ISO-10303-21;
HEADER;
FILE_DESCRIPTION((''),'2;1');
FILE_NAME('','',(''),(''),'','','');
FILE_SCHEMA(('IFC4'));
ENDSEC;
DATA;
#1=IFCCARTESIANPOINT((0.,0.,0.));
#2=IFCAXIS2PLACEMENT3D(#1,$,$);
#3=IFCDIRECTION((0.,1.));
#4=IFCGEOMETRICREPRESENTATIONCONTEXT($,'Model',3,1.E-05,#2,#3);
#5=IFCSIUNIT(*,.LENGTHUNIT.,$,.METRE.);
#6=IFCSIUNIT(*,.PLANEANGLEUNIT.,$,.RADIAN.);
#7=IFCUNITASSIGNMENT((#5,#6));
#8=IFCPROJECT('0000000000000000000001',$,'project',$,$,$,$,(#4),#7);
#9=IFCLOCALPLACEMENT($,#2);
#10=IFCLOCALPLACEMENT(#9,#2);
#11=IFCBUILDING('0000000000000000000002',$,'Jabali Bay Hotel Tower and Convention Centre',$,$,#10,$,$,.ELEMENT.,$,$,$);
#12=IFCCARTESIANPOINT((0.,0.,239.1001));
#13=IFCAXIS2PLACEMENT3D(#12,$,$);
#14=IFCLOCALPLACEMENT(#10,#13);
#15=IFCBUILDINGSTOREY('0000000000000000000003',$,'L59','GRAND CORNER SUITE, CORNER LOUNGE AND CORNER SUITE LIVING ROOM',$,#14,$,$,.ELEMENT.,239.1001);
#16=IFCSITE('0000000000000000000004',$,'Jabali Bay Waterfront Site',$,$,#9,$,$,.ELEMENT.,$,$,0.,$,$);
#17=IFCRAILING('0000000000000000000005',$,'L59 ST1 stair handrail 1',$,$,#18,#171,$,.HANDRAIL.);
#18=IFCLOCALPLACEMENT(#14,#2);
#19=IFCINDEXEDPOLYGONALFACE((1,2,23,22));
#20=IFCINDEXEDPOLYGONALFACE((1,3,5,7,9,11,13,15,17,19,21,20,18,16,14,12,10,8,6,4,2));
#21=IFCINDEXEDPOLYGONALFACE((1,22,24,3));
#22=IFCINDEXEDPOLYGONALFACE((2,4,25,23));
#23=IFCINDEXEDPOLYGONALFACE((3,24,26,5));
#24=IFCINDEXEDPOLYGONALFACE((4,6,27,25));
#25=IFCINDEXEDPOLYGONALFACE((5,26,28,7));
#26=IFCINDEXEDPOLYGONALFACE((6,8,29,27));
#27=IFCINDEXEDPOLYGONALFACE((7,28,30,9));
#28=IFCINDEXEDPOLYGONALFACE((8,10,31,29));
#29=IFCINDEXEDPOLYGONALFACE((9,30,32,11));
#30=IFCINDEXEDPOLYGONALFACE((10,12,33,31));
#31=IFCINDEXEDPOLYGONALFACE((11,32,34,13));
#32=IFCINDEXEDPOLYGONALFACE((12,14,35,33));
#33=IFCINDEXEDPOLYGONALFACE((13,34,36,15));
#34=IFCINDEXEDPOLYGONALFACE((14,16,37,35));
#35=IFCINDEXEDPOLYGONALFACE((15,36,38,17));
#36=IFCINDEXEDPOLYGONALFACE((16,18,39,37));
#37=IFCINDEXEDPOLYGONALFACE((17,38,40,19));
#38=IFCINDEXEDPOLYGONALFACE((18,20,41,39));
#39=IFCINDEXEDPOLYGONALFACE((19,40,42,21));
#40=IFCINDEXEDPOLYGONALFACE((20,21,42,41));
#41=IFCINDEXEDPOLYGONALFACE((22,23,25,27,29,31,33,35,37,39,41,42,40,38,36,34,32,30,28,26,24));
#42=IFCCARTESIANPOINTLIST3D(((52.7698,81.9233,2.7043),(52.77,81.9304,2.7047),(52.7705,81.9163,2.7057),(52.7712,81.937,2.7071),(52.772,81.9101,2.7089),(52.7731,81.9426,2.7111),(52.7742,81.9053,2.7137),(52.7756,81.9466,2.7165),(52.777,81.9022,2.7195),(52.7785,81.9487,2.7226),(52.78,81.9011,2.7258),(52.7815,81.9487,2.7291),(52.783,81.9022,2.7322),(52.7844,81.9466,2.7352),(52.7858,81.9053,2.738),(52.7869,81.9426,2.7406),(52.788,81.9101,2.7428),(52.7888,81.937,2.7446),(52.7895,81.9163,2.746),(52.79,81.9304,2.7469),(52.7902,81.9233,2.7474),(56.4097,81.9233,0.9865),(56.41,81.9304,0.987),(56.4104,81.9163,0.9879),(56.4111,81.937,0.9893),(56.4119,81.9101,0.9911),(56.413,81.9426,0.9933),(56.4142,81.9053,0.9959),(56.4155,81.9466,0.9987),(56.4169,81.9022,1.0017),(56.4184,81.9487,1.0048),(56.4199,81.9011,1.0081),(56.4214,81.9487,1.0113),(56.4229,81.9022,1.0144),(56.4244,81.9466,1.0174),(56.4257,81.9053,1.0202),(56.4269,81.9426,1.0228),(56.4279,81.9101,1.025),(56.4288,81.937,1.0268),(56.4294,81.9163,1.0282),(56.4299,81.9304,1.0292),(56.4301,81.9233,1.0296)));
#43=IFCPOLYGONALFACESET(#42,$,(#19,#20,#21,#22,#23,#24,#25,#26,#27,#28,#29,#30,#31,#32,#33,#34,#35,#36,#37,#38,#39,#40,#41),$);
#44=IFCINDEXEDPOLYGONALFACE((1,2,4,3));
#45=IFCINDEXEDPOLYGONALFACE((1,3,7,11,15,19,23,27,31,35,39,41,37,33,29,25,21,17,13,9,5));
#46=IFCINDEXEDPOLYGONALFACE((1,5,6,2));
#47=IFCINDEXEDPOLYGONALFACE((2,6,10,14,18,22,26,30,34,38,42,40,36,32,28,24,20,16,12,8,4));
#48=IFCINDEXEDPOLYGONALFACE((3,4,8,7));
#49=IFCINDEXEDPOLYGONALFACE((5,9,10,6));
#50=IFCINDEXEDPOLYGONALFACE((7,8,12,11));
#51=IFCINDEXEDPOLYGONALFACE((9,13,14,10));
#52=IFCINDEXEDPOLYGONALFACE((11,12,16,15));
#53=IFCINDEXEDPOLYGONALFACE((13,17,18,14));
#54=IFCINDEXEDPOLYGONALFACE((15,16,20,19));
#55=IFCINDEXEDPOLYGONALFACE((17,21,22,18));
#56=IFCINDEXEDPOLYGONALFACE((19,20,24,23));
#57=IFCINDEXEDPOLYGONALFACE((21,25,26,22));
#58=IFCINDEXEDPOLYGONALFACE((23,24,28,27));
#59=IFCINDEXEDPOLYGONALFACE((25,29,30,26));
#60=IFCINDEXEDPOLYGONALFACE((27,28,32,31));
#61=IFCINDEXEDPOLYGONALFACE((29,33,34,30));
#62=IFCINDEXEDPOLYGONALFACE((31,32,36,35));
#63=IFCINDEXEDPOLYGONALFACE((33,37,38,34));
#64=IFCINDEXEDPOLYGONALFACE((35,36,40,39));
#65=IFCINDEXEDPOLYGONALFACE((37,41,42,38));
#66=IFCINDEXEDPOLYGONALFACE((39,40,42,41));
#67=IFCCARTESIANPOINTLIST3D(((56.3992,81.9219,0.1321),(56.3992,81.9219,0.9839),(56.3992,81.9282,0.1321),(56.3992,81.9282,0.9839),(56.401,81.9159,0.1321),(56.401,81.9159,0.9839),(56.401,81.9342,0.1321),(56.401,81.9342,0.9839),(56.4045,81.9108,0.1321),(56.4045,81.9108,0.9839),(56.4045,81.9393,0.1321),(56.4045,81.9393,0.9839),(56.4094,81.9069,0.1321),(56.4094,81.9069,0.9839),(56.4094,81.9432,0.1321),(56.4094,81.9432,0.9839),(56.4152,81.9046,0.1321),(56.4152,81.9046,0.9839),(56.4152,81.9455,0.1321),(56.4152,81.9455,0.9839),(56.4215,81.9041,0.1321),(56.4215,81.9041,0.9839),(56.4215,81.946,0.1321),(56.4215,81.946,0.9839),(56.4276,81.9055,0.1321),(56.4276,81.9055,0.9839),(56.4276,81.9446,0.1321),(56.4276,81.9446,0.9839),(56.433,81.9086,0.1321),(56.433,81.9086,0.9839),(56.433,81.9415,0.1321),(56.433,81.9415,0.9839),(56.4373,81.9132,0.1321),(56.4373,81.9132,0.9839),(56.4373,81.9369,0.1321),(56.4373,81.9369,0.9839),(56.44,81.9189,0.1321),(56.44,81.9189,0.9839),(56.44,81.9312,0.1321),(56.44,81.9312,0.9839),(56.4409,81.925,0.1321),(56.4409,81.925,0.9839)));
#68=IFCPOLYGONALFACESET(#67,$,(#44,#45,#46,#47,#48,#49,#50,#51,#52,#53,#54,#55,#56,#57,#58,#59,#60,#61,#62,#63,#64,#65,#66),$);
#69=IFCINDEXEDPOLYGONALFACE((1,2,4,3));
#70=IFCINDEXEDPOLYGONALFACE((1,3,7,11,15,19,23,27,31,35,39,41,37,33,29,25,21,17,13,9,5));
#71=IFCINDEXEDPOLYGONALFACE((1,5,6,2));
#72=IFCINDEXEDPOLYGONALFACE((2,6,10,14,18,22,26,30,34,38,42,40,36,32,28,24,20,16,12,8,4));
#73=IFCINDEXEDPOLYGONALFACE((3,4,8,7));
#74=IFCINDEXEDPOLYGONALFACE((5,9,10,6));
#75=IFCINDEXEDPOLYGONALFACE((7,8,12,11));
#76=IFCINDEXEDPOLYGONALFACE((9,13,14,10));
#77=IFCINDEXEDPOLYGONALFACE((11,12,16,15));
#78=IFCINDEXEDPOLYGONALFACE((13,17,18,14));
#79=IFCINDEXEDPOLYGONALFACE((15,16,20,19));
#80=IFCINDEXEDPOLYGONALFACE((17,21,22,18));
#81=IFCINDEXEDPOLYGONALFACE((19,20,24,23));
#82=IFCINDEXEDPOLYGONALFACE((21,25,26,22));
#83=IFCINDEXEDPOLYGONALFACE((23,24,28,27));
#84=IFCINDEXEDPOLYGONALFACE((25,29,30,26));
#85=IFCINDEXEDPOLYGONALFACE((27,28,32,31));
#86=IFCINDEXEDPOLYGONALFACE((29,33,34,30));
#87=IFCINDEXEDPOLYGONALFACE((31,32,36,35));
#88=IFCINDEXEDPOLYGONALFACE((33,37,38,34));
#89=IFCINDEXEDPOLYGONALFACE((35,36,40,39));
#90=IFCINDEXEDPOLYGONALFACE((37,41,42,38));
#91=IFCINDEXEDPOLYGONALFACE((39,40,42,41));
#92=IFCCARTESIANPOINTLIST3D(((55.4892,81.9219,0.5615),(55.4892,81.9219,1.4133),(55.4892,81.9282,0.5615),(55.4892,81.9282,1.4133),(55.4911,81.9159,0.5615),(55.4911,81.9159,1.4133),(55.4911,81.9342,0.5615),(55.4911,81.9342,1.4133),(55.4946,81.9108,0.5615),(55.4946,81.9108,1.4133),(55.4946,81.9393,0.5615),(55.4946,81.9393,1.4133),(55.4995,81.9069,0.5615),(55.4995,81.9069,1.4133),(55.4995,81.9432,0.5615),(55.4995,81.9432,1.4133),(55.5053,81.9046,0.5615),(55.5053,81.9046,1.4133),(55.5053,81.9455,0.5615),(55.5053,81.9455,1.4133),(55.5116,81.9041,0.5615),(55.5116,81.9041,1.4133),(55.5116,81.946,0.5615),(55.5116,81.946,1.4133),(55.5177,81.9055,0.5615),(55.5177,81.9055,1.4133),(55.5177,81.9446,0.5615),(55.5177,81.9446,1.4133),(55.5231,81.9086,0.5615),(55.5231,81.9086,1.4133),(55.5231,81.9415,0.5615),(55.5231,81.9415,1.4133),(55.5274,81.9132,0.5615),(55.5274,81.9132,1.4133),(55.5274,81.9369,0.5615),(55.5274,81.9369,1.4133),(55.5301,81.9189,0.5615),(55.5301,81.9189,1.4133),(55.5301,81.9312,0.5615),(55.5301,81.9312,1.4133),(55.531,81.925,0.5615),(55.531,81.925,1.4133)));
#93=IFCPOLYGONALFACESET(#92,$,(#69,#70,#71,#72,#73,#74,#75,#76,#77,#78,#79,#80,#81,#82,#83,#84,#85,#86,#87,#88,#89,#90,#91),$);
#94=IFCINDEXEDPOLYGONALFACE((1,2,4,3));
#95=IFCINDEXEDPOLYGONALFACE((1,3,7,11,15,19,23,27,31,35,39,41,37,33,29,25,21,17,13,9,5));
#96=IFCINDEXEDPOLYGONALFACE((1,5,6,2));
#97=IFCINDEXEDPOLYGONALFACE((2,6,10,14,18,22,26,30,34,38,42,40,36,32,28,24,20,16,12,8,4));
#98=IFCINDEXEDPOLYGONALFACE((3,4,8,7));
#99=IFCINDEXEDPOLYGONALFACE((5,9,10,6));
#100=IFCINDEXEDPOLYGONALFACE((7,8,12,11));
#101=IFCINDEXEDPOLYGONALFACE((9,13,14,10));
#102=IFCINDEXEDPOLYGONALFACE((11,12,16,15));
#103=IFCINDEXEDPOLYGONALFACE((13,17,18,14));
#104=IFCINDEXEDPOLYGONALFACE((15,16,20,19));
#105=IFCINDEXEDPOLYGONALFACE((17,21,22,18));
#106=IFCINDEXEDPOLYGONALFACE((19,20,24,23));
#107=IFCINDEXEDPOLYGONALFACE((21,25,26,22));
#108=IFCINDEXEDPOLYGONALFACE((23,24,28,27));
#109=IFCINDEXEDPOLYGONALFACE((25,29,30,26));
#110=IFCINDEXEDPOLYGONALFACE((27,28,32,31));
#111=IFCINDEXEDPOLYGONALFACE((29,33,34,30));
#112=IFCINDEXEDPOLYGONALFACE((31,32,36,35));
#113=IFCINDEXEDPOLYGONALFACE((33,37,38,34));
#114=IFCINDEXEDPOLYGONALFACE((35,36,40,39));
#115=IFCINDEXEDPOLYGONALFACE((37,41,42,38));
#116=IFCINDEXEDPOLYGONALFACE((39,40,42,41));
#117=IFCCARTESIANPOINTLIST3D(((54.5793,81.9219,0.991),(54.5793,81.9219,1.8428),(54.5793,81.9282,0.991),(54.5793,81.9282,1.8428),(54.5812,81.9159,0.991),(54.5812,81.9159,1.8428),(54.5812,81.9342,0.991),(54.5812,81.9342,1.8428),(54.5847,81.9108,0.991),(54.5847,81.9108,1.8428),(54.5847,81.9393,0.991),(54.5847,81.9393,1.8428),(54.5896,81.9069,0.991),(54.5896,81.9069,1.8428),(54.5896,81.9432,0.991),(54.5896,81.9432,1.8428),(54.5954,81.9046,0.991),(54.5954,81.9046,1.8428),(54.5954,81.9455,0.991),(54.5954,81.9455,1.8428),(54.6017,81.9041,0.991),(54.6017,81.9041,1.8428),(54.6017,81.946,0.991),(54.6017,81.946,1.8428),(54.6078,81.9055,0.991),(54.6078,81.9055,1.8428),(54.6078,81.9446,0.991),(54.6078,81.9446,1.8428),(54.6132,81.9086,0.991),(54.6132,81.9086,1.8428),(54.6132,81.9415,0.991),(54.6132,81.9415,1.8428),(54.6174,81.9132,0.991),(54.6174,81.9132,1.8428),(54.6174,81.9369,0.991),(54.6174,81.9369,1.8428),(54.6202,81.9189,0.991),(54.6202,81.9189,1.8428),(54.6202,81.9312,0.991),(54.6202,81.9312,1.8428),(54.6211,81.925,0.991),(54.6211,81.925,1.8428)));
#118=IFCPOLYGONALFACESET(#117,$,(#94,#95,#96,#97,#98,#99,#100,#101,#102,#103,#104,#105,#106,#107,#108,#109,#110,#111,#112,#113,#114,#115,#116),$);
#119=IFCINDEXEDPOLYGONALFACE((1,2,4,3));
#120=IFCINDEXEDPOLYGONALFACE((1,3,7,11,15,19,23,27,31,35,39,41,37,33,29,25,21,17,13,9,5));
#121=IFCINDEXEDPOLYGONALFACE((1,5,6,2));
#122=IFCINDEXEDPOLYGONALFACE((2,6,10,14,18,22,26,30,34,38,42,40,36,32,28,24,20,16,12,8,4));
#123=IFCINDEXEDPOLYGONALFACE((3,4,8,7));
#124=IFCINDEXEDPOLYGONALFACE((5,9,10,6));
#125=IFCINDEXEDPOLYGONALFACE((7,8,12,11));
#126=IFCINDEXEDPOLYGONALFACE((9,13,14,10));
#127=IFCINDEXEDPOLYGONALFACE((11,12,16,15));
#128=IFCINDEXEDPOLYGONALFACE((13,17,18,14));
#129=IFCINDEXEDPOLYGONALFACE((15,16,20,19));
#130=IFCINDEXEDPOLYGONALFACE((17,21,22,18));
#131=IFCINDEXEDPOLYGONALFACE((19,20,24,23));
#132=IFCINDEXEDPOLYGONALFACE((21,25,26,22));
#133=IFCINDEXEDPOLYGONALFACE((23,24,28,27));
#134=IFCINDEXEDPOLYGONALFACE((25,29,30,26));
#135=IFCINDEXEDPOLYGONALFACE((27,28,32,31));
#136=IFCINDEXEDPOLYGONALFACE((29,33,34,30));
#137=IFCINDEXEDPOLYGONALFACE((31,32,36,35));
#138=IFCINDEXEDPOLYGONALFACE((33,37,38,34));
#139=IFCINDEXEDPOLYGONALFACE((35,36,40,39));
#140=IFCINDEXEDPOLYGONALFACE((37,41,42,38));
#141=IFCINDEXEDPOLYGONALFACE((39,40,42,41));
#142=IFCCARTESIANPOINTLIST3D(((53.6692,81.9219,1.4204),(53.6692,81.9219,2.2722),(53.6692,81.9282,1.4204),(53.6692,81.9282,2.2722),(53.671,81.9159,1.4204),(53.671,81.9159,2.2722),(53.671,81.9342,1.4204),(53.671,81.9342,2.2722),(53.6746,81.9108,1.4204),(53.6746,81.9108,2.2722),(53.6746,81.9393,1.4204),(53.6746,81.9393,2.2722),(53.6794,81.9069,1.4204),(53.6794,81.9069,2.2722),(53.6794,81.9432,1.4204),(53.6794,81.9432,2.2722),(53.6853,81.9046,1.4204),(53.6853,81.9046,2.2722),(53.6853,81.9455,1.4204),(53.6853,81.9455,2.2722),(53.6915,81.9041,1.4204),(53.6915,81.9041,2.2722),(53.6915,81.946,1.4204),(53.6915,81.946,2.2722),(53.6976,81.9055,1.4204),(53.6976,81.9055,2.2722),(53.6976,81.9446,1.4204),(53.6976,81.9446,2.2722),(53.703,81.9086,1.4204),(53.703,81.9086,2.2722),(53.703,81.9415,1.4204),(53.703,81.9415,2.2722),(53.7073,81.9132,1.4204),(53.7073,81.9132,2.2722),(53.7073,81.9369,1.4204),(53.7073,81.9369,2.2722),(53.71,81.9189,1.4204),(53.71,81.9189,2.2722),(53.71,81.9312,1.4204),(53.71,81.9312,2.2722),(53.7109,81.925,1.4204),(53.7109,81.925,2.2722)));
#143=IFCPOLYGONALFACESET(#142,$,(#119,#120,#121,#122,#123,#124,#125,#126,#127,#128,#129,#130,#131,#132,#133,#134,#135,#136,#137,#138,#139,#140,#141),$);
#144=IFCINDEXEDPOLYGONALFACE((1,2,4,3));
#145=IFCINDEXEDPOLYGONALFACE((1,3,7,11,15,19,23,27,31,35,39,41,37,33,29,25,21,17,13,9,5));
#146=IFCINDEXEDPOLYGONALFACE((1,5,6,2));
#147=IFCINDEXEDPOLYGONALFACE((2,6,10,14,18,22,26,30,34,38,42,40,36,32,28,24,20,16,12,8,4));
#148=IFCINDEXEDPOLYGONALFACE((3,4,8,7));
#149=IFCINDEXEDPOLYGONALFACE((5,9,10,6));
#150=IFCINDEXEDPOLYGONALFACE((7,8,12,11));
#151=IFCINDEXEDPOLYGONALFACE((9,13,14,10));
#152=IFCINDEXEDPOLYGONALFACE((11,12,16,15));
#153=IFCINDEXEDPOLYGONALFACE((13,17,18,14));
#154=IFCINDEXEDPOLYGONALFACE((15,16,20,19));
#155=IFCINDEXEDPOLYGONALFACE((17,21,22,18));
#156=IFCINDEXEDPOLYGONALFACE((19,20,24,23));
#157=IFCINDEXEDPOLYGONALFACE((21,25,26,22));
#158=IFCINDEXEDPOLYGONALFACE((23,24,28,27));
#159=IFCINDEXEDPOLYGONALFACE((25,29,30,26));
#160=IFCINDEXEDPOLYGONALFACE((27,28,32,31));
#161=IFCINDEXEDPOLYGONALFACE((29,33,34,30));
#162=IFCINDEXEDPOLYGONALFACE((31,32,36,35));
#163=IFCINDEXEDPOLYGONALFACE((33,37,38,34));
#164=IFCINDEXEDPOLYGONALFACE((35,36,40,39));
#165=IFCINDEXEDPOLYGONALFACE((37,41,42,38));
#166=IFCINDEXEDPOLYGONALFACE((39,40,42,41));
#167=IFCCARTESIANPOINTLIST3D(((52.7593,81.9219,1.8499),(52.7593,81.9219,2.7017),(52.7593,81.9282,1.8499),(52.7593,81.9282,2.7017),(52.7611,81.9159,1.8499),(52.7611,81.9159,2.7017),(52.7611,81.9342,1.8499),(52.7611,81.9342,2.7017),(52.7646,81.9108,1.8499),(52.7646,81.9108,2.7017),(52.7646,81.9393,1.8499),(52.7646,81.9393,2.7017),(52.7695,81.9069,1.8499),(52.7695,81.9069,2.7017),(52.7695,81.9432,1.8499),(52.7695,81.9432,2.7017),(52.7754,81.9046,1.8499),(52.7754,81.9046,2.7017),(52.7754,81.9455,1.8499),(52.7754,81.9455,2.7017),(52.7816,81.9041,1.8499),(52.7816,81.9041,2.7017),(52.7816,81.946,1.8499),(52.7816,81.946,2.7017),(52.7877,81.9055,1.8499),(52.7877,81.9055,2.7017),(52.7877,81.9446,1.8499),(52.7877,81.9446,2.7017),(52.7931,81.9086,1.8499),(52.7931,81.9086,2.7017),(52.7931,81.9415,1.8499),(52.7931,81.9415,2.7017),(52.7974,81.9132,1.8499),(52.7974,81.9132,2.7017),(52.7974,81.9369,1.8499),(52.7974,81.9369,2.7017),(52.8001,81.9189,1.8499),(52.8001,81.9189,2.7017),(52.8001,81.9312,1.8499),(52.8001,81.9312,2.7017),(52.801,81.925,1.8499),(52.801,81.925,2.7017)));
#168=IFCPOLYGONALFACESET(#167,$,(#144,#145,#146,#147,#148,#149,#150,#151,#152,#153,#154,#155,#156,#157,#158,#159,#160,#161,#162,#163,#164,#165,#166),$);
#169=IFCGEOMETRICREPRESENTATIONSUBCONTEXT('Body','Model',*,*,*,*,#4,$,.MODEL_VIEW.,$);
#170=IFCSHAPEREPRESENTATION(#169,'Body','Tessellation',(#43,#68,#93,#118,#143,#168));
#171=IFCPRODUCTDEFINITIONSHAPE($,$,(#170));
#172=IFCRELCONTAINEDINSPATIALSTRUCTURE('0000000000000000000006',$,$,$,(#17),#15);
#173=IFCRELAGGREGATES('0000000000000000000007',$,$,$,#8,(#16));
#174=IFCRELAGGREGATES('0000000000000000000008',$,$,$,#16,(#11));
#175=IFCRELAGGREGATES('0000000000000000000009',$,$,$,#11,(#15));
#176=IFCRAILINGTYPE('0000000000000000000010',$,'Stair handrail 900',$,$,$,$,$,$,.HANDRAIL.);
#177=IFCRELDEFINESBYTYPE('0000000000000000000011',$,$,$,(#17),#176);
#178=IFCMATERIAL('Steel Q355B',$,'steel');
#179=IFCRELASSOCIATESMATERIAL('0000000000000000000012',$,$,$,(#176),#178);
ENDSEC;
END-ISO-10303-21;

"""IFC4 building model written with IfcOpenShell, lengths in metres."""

from ifc_helpers import new_model, si_unit, direction, frame, origin, origin_2d, place, context, subcontext, project, spatial, circle, extrude, material, type_object, element, save


model = new_model("IFC4")

# Units and contexts
model_context = context("Model", 3, precision=1e-05, world=origin(), true_north=direction((0.0, 1.0)))
body_context = subcontext(model_context, "Body", "Model", "MODEL_VIEW")
ifc_project = project(units=[si_unit("LENGTHUNIT", "METRE"), si_unit("PLANEANGLEUNIT", "RADIAN")], contexts=[model_context])

# Site, building, storey
site_placement = place(None, origin())
site = spatial("IfcSite", under=ifc_project, at=site_placement, Name="Jabali Bay Waterfront Site", CompositionType="ELEMENT", RefElevation=0.0)
building_placement = place(site_placement, origin())
building = spatial("IfcBuilding", under=site, at=building_placement, Name="Jabali Bay Hotel Tower and Convention Centre", CompositionType="ELEMENT")
storey_placement = place(building_placement, frame((0.0, 0.0, 239.1001)))
storey = spatial("IfcBuildingStorey", under=building, at=storey_placement, Name="L59", Description="GRAND CORNER SUITE, CORNER LOUNGE AND CORNER SUITE LIVING ROOM", CompositionType="ELEMENT", Elevation=239.1001)

# Railing
ifc_material_1 = material(Name="Steel Q355B", Category="steel")
railing_type_1 = type_object("IfcRailingType", Name="Stair handrail 900", PredefinedType="HANDRAIL", material=ifc_material_1)
railing_1_placement = place(storey_placement, frame((56.4199, 81.925, 0.1321)))
element("IfcRailing", 1, at=railing_1_placement, inside=storey, type_object=railing_type_1, Name="L59 ST1 stair handrail 1", PredefinedType="HANDRAIL", context=body_context, shape_type="SweptSolid", body=[
    extrude(circle(Radius=0.0239, at=origin_2d()), frame((0.0, 0.0, 0.876), z_axis=(-0.904351, 0.0, 0.42679), x_axis=(0.0, -1.0, 0.0)), (0.0, 0.0, 1.0), 4.0249),
    extrude(circle(Radius=0.021, at=origin_2d()), origin(), (0.0, 0.0, 1.0), 0.8518),
    extrude(circle(Radius=0.021, at=origin_2d()), frame((-0.9099, 0.0, 0.4294)), (0.0, 0.0, 1.0), 0.8518),
    extrude(circle(Radius=0.021, at=origin_2d()), frame((-1.8198, 0.0, 0.8589)), (0.0, 0.0, 1.0), 0.8518),
    extrude(circle(Radius=0.021, at=origin_2d()), frame((-2.73, 0.0, 1.2883)), (0.0, 0.0, 1.0), 0.8518),
    extrude(circle(Radius=0.021, at=origin_2d()), frame((-3.6399, 0.0, 1.7178)), (0.0, 0.0, 1.0), 0.8518),
])

save(model, "model.ifc")
